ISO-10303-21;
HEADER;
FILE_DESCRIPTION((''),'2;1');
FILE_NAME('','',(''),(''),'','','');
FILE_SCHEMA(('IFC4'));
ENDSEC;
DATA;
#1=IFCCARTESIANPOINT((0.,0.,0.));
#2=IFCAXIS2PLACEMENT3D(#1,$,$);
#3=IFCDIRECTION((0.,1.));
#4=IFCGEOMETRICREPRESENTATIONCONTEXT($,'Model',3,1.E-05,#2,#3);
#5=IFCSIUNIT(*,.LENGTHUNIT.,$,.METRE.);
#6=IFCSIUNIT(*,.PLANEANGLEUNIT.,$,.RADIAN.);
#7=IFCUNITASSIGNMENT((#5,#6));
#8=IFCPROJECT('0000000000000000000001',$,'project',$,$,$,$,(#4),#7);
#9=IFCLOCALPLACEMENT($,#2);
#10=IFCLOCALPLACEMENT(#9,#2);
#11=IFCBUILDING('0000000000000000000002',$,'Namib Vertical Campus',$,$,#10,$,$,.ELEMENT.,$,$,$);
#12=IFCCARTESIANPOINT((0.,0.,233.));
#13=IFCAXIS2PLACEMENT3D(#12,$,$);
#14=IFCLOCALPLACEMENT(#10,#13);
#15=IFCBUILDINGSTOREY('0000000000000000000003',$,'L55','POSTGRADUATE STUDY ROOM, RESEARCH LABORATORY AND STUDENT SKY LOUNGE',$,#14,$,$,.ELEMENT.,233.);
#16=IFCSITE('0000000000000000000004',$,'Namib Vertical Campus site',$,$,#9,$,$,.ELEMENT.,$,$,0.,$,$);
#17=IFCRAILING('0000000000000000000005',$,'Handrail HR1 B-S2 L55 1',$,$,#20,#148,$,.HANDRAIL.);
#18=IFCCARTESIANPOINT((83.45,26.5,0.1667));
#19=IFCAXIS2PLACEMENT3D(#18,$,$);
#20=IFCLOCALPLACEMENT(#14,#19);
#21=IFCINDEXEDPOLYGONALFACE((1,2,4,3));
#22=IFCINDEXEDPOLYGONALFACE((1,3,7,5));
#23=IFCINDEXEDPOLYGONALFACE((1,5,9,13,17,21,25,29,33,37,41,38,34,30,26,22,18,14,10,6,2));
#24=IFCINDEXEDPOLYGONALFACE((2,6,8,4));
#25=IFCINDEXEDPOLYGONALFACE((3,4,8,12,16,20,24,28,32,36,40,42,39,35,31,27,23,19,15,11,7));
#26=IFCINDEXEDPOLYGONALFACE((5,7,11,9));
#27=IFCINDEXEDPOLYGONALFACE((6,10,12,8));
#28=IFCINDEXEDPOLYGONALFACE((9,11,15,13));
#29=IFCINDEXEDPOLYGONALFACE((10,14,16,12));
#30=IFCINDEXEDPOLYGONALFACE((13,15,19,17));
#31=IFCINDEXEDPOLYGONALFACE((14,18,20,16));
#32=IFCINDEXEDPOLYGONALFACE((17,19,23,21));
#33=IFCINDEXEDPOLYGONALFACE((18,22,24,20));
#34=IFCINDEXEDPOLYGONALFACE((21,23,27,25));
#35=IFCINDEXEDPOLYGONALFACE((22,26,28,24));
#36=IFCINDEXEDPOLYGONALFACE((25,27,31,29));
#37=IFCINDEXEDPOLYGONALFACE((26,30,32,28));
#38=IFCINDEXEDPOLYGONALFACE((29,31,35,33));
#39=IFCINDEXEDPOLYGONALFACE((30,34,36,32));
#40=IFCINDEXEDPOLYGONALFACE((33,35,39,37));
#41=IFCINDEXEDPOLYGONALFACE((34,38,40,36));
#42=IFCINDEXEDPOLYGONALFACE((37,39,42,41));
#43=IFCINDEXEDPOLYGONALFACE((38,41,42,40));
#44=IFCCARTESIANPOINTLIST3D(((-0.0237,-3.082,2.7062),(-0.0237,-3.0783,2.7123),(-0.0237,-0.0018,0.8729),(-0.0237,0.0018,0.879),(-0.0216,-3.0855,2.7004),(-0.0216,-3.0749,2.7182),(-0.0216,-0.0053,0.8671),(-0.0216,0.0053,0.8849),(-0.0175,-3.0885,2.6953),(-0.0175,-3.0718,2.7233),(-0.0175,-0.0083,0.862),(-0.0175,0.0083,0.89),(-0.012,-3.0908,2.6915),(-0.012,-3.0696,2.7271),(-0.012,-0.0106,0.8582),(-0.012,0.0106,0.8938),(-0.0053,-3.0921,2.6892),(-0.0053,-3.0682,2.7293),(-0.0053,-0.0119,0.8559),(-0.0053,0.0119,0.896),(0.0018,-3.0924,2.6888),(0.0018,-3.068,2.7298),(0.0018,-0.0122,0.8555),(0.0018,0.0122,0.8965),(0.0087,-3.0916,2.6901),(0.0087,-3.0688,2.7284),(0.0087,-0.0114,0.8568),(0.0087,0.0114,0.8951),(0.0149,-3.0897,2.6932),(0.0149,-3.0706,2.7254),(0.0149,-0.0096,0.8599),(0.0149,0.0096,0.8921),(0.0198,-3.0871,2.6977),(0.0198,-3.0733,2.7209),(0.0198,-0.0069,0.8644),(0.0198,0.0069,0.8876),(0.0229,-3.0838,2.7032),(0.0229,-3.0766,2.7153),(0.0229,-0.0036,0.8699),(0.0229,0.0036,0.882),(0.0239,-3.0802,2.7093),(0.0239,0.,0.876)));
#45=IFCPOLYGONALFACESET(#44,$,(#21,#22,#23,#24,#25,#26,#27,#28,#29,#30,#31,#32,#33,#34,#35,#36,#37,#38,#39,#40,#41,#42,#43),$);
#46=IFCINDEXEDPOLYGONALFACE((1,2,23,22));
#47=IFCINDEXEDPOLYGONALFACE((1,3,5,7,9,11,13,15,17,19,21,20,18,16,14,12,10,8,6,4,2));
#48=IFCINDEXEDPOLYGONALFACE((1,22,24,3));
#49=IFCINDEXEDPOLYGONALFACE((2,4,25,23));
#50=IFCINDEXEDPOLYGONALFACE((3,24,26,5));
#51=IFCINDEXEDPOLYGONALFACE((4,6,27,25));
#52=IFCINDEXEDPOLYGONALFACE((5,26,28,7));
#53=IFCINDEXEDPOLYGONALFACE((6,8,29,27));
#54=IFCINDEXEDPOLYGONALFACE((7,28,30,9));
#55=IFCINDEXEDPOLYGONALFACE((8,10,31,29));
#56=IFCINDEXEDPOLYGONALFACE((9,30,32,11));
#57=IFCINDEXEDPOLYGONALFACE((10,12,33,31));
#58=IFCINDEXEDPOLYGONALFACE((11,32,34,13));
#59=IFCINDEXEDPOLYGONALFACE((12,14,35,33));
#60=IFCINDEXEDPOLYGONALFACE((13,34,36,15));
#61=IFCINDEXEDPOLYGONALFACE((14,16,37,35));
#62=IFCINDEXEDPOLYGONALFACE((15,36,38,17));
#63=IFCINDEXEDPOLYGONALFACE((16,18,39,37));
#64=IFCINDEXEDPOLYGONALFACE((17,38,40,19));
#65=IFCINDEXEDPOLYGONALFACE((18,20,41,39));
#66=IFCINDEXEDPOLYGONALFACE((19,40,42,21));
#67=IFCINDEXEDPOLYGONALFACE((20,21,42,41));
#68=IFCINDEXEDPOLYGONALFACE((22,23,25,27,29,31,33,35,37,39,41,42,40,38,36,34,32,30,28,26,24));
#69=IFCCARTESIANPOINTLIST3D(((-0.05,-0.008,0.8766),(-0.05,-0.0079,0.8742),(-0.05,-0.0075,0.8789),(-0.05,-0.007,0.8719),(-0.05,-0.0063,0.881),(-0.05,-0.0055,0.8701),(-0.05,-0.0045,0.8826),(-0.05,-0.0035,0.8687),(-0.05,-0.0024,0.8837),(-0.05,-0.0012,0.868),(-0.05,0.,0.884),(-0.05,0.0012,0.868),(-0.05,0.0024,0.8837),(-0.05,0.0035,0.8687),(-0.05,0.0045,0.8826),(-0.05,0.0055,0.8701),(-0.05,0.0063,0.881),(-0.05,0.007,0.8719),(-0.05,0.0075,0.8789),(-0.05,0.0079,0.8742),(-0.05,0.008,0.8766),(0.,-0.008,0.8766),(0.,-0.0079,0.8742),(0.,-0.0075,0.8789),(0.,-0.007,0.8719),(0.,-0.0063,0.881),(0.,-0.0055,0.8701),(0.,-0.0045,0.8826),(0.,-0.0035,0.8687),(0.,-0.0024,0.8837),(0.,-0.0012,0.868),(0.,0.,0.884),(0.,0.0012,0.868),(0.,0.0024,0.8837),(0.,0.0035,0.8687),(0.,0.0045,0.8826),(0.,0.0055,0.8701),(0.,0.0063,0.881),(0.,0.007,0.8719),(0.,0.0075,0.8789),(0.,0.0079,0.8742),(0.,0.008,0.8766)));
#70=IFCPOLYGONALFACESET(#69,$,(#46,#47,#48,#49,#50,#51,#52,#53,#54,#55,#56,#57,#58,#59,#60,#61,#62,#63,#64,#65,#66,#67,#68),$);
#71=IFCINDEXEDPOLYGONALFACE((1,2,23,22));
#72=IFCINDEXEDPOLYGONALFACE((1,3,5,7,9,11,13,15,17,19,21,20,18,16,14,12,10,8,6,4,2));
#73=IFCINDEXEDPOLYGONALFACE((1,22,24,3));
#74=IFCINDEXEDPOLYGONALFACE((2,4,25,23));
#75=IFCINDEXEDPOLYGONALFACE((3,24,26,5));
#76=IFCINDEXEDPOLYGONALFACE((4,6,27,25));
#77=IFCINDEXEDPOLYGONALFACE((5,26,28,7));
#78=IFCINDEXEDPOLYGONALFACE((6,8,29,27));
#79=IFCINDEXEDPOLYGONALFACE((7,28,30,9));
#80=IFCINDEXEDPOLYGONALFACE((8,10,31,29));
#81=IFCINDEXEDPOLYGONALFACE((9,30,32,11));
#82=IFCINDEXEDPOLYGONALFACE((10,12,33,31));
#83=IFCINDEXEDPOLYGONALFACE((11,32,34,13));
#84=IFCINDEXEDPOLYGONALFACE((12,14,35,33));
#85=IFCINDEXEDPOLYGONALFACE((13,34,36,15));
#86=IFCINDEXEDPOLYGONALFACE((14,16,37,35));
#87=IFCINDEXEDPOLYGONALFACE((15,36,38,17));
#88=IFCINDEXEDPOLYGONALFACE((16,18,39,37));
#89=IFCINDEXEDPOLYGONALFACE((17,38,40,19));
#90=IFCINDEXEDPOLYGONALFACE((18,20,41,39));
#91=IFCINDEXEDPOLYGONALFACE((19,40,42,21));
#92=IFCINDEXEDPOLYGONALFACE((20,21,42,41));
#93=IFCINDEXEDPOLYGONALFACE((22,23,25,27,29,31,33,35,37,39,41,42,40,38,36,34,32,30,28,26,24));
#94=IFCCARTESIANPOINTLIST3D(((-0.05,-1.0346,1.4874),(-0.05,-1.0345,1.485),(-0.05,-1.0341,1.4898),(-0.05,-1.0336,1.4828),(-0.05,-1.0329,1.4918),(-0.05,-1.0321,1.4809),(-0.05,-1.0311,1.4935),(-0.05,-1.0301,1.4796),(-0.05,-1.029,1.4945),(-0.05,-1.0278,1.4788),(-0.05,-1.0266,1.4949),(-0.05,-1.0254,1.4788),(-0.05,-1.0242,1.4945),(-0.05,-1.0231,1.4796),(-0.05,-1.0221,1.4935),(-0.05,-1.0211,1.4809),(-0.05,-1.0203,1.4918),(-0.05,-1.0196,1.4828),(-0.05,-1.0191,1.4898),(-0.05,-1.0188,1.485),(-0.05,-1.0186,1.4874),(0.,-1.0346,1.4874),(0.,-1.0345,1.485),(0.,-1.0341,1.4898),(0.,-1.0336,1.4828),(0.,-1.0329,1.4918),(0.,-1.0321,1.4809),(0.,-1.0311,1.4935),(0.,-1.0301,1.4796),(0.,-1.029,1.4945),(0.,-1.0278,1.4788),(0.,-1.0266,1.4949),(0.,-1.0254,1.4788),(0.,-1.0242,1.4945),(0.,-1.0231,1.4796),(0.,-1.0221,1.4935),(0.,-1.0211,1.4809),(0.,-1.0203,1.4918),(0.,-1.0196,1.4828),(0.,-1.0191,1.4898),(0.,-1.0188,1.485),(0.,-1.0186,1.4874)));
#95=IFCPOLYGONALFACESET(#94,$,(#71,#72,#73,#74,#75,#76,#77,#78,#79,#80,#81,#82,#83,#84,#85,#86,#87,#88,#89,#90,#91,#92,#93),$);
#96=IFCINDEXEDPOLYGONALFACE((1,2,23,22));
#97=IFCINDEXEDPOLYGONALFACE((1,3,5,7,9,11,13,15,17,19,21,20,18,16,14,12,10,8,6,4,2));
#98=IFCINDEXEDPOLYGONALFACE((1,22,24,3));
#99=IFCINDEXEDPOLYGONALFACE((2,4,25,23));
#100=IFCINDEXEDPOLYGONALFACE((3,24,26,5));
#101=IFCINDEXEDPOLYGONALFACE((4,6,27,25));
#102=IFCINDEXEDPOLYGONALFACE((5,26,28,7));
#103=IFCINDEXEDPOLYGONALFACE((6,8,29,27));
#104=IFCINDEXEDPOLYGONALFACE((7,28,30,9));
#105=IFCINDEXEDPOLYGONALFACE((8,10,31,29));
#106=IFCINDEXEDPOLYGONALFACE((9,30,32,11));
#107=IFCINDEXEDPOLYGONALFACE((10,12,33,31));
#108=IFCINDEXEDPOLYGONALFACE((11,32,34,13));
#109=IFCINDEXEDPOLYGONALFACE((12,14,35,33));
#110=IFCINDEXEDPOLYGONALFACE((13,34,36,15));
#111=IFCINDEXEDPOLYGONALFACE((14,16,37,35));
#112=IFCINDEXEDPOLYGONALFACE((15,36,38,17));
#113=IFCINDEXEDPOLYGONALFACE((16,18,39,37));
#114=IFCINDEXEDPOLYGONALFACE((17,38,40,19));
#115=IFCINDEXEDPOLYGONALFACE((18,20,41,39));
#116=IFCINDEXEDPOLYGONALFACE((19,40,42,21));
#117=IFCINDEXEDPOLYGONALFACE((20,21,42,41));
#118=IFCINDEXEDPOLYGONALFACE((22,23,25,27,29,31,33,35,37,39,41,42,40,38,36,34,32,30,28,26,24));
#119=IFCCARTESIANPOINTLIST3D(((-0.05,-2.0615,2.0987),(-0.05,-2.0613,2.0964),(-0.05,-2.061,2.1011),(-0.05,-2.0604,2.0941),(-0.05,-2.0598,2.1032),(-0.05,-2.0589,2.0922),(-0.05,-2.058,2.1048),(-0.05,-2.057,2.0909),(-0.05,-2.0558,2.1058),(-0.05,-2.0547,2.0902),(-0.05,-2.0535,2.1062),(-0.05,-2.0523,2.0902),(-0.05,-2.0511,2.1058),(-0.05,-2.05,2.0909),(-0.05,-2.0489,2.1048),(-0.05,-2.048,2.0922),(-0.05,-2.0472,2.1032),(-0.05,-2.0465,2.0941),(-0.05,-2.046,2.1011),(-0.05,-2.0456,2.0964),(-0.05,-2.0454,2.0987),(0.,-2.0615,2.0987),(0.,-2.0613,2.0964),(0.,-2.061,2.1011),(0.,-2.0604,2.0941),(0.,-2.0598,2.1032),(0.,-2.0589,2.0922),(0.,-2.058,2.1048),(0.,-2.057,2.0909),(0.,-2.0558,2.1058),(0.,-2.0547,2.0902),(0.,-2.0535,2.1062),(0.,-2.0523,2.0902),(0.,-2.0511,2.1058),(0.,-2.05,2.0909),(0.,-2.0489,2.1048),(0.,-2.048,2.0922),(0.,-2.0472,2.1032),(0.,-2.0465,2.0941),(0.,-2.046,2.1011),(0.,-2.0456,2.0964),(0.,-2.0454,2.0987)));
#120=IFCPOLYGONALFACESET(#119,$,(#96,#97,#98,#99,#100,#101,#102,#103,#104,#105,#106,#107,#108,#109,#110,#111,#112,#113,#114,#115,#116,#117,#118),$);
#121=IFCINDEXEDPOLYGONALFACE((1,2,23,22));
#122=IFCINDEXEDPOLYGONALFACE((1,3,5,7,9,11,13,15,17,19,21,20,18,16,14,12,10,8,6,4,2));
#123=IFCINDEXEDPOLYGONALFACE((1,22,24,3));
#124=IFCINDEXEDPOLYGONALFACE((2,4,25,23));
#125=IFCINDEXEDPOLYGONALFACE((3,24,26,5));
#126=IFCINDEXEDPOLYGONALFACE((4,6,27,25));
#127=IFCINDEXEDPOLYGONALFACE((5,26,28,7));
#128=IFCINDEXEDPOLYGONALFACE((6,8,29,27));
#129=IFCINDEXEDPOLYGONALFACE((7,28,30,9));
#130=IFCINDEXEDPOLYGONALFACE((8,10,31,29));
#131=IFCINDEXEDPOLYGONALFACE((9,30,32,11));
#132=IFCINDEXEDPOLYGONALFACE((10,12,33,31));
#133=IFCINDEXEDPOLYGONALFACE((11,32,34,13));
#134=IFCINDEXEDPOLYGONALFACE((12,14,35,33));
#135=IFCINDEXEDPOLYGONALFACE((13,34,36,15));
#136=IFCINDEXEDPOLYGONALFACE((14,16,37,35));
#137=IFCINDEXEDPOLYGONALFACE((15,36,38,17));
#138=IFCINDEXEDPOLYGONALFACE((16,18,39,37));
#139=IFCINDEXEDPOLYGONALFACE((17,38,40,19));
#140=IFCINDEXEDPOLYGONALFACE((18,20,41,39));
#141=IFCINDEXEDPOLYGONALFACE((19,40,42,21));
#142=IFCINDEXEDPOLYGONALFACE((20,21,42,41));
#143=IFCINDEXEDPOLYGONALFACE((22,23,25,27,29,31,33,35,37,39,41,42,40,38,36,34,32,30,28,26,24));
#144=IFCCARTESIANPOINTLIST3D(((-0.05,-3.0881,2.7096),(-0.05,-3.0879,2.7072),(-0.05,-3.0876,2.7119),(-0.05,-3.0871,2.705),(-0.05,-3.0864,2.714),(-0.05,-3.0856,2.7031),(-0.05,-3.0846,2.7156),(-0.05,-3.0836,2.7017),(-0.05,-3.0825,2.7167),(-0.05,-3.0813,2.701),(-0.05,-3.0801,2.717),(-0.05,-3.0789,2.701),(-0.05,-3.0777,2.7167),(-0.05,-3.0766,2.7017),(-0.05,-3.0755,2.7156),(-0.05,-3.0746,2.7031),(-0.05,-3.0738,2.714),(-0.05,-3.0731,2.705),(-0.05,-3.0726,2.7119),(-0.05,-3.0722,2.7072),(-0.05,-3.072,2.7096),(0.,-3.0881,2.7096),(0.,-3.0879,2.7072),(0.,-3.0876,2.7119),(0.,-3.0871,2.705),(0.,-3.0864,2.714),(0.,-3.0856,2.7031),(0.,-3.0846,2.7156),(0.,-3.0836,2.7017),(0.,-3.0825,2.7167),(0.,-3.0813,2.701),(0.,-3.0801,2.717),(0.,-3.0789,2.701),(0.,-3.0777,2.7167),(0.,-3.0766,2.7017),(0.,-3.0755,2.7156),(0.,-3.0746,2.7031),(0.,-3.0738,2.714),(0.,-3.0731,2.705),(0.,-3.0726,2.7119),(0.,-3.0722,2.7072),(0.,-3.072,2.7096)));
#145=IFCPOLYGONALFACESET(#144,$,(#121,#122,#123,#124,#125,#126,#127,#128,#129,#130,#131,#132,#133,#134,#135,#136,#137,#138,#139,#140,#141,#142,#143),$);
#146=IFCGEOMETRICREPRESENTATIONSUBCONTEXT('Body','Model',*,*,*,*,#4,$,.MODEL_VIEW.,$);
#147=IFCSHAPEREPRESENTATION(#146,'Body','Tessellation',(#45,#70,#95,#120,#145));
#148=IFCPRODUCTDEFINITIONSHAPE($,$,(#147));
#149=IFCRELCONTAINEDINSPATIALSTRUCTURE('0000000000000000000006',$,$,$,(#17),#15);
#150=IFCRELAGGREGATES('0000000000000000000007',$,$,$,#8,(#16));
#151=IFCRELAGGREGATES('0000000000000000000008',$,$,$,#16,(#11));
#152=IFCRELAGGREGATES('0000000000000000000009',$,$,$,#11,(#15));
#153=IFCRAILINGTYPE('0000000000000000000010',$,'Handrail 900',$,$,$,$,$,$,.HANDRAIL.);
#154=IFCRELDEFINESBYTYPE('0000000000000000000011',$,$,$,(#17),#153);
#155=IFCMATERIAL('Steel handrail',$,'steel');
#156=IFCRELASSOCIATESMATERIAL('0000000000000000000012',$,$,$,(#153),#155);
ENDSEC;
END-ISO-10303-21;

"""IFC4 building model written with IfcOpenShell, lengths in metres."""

from ifc_helpers import new_model, si_unit, direction, frame, origin, origin_2d, place, context, subcontext, project, spatial, circle, extrude, material, type_object, element, save


model = new_model("IFC4")

# Units and contexts
model_context = context("Model", 3, precision=1e-05, world=origin(), true_north=direction((0.0, 1.0)))
body_context = subcontext(model_context, "Body", "Model", "MODEL_VIEW")
ifc_project = project(units=[si_unit("LENGTHUNIT", "METRE"), si_unit("PLANEANGLEUNIT", "RADIAN")], contexts=[model_context])

# Site, building, storey
site_placement = place(None, origin())
site = spatial("IfcSite", under=ifc_project, at=site_placement, Name="Namib Vertical Campus site", CompositionType="ELEMENT", RefElevation=0.0)
building_placement = place(site_placement, origin())
building = spatial("IfcBuilding", under=site, at=building_placement, Name="Namib Vertical Campus", CompositionType="ELEMENT")
storey_placement = place(building_placement, frame((0.0, 0.0, 233.0)))
storey = spatial("IfcBuildingStorey", under=building, at=storey_placement, Name="L55", Description="POSTGRADUATE STUDY ROOM, RESEARCH LABORATORY AND STUDENT SKY LOUNGE", CompositionType="ELEMENT", Elevation=233.0)

# Railing
ifc_material_1 = material(Name="Steel handrail", Category="steel")
railing_type_1 = type_object("IfcRailingType", Name="Handrail 900", PredefinedType="HANDRAIL", material=ifc_material_1)
railing_1_placement = place(storey_placement, frame((83.45, 26.5, 0.1667)))
element("IfcRailing", 1, at=railing_1_placement, inside=storey, type_object=railing_type_1, Name="Handrail HR1 B-S2 L55 1", PredefinedType="HANDRAIL", context=body_context, shape_type="SweptSolid", body=[
    extrude(circle(Radius=0.0239, at=origin_2d()), frame((0.0, 0.0, 0.876), z_axis=(0.0, -0.859309, 0.511458), x_axis=(1.0, 0.0, 0.0)), (0.0, 0.0, 1.0), 3.5845),
    extrude(circle(Radius=0.0081, at=origin_2d()), frame((0.0, 0.0, 0.876), z_axis=(-1.0, 0.0, 0.0), x_axis=(0.0, 0.0, 1.0)), (0.0, 0.0, 1.0), 0.05),
    extrude(circle(Radius=0.0081, at=origin_2d()), frame((0.0, -1.0266, 1.4868), z_axis=(-1.0, 0.0, 0.0), x_axis=(0.0, 0.0, 1.0)), (0.0, 0.0, 1.0), 0.05),
    extrude(circle(Radius=0.0081, at=origin_2d()), frame((0.0, -2.0535, 2.0981), z_axis=(-1.0, 0.0, 0.0), x_axis=(0.0, 0.0, 1.0)), (0.0, 0.0, 1.0), 0.05),
    extrude(circle(Radius=0.0081, at=origin_2d()), frame((0.0, -3.0801, 2.709), z_axis=(-1.0, 0.0, 0.0), x_axis=(0.0, 0.0, 1.0)), (0.0, 0.0, 1.0), 0.05),
])

save(model, "model.ifc")
